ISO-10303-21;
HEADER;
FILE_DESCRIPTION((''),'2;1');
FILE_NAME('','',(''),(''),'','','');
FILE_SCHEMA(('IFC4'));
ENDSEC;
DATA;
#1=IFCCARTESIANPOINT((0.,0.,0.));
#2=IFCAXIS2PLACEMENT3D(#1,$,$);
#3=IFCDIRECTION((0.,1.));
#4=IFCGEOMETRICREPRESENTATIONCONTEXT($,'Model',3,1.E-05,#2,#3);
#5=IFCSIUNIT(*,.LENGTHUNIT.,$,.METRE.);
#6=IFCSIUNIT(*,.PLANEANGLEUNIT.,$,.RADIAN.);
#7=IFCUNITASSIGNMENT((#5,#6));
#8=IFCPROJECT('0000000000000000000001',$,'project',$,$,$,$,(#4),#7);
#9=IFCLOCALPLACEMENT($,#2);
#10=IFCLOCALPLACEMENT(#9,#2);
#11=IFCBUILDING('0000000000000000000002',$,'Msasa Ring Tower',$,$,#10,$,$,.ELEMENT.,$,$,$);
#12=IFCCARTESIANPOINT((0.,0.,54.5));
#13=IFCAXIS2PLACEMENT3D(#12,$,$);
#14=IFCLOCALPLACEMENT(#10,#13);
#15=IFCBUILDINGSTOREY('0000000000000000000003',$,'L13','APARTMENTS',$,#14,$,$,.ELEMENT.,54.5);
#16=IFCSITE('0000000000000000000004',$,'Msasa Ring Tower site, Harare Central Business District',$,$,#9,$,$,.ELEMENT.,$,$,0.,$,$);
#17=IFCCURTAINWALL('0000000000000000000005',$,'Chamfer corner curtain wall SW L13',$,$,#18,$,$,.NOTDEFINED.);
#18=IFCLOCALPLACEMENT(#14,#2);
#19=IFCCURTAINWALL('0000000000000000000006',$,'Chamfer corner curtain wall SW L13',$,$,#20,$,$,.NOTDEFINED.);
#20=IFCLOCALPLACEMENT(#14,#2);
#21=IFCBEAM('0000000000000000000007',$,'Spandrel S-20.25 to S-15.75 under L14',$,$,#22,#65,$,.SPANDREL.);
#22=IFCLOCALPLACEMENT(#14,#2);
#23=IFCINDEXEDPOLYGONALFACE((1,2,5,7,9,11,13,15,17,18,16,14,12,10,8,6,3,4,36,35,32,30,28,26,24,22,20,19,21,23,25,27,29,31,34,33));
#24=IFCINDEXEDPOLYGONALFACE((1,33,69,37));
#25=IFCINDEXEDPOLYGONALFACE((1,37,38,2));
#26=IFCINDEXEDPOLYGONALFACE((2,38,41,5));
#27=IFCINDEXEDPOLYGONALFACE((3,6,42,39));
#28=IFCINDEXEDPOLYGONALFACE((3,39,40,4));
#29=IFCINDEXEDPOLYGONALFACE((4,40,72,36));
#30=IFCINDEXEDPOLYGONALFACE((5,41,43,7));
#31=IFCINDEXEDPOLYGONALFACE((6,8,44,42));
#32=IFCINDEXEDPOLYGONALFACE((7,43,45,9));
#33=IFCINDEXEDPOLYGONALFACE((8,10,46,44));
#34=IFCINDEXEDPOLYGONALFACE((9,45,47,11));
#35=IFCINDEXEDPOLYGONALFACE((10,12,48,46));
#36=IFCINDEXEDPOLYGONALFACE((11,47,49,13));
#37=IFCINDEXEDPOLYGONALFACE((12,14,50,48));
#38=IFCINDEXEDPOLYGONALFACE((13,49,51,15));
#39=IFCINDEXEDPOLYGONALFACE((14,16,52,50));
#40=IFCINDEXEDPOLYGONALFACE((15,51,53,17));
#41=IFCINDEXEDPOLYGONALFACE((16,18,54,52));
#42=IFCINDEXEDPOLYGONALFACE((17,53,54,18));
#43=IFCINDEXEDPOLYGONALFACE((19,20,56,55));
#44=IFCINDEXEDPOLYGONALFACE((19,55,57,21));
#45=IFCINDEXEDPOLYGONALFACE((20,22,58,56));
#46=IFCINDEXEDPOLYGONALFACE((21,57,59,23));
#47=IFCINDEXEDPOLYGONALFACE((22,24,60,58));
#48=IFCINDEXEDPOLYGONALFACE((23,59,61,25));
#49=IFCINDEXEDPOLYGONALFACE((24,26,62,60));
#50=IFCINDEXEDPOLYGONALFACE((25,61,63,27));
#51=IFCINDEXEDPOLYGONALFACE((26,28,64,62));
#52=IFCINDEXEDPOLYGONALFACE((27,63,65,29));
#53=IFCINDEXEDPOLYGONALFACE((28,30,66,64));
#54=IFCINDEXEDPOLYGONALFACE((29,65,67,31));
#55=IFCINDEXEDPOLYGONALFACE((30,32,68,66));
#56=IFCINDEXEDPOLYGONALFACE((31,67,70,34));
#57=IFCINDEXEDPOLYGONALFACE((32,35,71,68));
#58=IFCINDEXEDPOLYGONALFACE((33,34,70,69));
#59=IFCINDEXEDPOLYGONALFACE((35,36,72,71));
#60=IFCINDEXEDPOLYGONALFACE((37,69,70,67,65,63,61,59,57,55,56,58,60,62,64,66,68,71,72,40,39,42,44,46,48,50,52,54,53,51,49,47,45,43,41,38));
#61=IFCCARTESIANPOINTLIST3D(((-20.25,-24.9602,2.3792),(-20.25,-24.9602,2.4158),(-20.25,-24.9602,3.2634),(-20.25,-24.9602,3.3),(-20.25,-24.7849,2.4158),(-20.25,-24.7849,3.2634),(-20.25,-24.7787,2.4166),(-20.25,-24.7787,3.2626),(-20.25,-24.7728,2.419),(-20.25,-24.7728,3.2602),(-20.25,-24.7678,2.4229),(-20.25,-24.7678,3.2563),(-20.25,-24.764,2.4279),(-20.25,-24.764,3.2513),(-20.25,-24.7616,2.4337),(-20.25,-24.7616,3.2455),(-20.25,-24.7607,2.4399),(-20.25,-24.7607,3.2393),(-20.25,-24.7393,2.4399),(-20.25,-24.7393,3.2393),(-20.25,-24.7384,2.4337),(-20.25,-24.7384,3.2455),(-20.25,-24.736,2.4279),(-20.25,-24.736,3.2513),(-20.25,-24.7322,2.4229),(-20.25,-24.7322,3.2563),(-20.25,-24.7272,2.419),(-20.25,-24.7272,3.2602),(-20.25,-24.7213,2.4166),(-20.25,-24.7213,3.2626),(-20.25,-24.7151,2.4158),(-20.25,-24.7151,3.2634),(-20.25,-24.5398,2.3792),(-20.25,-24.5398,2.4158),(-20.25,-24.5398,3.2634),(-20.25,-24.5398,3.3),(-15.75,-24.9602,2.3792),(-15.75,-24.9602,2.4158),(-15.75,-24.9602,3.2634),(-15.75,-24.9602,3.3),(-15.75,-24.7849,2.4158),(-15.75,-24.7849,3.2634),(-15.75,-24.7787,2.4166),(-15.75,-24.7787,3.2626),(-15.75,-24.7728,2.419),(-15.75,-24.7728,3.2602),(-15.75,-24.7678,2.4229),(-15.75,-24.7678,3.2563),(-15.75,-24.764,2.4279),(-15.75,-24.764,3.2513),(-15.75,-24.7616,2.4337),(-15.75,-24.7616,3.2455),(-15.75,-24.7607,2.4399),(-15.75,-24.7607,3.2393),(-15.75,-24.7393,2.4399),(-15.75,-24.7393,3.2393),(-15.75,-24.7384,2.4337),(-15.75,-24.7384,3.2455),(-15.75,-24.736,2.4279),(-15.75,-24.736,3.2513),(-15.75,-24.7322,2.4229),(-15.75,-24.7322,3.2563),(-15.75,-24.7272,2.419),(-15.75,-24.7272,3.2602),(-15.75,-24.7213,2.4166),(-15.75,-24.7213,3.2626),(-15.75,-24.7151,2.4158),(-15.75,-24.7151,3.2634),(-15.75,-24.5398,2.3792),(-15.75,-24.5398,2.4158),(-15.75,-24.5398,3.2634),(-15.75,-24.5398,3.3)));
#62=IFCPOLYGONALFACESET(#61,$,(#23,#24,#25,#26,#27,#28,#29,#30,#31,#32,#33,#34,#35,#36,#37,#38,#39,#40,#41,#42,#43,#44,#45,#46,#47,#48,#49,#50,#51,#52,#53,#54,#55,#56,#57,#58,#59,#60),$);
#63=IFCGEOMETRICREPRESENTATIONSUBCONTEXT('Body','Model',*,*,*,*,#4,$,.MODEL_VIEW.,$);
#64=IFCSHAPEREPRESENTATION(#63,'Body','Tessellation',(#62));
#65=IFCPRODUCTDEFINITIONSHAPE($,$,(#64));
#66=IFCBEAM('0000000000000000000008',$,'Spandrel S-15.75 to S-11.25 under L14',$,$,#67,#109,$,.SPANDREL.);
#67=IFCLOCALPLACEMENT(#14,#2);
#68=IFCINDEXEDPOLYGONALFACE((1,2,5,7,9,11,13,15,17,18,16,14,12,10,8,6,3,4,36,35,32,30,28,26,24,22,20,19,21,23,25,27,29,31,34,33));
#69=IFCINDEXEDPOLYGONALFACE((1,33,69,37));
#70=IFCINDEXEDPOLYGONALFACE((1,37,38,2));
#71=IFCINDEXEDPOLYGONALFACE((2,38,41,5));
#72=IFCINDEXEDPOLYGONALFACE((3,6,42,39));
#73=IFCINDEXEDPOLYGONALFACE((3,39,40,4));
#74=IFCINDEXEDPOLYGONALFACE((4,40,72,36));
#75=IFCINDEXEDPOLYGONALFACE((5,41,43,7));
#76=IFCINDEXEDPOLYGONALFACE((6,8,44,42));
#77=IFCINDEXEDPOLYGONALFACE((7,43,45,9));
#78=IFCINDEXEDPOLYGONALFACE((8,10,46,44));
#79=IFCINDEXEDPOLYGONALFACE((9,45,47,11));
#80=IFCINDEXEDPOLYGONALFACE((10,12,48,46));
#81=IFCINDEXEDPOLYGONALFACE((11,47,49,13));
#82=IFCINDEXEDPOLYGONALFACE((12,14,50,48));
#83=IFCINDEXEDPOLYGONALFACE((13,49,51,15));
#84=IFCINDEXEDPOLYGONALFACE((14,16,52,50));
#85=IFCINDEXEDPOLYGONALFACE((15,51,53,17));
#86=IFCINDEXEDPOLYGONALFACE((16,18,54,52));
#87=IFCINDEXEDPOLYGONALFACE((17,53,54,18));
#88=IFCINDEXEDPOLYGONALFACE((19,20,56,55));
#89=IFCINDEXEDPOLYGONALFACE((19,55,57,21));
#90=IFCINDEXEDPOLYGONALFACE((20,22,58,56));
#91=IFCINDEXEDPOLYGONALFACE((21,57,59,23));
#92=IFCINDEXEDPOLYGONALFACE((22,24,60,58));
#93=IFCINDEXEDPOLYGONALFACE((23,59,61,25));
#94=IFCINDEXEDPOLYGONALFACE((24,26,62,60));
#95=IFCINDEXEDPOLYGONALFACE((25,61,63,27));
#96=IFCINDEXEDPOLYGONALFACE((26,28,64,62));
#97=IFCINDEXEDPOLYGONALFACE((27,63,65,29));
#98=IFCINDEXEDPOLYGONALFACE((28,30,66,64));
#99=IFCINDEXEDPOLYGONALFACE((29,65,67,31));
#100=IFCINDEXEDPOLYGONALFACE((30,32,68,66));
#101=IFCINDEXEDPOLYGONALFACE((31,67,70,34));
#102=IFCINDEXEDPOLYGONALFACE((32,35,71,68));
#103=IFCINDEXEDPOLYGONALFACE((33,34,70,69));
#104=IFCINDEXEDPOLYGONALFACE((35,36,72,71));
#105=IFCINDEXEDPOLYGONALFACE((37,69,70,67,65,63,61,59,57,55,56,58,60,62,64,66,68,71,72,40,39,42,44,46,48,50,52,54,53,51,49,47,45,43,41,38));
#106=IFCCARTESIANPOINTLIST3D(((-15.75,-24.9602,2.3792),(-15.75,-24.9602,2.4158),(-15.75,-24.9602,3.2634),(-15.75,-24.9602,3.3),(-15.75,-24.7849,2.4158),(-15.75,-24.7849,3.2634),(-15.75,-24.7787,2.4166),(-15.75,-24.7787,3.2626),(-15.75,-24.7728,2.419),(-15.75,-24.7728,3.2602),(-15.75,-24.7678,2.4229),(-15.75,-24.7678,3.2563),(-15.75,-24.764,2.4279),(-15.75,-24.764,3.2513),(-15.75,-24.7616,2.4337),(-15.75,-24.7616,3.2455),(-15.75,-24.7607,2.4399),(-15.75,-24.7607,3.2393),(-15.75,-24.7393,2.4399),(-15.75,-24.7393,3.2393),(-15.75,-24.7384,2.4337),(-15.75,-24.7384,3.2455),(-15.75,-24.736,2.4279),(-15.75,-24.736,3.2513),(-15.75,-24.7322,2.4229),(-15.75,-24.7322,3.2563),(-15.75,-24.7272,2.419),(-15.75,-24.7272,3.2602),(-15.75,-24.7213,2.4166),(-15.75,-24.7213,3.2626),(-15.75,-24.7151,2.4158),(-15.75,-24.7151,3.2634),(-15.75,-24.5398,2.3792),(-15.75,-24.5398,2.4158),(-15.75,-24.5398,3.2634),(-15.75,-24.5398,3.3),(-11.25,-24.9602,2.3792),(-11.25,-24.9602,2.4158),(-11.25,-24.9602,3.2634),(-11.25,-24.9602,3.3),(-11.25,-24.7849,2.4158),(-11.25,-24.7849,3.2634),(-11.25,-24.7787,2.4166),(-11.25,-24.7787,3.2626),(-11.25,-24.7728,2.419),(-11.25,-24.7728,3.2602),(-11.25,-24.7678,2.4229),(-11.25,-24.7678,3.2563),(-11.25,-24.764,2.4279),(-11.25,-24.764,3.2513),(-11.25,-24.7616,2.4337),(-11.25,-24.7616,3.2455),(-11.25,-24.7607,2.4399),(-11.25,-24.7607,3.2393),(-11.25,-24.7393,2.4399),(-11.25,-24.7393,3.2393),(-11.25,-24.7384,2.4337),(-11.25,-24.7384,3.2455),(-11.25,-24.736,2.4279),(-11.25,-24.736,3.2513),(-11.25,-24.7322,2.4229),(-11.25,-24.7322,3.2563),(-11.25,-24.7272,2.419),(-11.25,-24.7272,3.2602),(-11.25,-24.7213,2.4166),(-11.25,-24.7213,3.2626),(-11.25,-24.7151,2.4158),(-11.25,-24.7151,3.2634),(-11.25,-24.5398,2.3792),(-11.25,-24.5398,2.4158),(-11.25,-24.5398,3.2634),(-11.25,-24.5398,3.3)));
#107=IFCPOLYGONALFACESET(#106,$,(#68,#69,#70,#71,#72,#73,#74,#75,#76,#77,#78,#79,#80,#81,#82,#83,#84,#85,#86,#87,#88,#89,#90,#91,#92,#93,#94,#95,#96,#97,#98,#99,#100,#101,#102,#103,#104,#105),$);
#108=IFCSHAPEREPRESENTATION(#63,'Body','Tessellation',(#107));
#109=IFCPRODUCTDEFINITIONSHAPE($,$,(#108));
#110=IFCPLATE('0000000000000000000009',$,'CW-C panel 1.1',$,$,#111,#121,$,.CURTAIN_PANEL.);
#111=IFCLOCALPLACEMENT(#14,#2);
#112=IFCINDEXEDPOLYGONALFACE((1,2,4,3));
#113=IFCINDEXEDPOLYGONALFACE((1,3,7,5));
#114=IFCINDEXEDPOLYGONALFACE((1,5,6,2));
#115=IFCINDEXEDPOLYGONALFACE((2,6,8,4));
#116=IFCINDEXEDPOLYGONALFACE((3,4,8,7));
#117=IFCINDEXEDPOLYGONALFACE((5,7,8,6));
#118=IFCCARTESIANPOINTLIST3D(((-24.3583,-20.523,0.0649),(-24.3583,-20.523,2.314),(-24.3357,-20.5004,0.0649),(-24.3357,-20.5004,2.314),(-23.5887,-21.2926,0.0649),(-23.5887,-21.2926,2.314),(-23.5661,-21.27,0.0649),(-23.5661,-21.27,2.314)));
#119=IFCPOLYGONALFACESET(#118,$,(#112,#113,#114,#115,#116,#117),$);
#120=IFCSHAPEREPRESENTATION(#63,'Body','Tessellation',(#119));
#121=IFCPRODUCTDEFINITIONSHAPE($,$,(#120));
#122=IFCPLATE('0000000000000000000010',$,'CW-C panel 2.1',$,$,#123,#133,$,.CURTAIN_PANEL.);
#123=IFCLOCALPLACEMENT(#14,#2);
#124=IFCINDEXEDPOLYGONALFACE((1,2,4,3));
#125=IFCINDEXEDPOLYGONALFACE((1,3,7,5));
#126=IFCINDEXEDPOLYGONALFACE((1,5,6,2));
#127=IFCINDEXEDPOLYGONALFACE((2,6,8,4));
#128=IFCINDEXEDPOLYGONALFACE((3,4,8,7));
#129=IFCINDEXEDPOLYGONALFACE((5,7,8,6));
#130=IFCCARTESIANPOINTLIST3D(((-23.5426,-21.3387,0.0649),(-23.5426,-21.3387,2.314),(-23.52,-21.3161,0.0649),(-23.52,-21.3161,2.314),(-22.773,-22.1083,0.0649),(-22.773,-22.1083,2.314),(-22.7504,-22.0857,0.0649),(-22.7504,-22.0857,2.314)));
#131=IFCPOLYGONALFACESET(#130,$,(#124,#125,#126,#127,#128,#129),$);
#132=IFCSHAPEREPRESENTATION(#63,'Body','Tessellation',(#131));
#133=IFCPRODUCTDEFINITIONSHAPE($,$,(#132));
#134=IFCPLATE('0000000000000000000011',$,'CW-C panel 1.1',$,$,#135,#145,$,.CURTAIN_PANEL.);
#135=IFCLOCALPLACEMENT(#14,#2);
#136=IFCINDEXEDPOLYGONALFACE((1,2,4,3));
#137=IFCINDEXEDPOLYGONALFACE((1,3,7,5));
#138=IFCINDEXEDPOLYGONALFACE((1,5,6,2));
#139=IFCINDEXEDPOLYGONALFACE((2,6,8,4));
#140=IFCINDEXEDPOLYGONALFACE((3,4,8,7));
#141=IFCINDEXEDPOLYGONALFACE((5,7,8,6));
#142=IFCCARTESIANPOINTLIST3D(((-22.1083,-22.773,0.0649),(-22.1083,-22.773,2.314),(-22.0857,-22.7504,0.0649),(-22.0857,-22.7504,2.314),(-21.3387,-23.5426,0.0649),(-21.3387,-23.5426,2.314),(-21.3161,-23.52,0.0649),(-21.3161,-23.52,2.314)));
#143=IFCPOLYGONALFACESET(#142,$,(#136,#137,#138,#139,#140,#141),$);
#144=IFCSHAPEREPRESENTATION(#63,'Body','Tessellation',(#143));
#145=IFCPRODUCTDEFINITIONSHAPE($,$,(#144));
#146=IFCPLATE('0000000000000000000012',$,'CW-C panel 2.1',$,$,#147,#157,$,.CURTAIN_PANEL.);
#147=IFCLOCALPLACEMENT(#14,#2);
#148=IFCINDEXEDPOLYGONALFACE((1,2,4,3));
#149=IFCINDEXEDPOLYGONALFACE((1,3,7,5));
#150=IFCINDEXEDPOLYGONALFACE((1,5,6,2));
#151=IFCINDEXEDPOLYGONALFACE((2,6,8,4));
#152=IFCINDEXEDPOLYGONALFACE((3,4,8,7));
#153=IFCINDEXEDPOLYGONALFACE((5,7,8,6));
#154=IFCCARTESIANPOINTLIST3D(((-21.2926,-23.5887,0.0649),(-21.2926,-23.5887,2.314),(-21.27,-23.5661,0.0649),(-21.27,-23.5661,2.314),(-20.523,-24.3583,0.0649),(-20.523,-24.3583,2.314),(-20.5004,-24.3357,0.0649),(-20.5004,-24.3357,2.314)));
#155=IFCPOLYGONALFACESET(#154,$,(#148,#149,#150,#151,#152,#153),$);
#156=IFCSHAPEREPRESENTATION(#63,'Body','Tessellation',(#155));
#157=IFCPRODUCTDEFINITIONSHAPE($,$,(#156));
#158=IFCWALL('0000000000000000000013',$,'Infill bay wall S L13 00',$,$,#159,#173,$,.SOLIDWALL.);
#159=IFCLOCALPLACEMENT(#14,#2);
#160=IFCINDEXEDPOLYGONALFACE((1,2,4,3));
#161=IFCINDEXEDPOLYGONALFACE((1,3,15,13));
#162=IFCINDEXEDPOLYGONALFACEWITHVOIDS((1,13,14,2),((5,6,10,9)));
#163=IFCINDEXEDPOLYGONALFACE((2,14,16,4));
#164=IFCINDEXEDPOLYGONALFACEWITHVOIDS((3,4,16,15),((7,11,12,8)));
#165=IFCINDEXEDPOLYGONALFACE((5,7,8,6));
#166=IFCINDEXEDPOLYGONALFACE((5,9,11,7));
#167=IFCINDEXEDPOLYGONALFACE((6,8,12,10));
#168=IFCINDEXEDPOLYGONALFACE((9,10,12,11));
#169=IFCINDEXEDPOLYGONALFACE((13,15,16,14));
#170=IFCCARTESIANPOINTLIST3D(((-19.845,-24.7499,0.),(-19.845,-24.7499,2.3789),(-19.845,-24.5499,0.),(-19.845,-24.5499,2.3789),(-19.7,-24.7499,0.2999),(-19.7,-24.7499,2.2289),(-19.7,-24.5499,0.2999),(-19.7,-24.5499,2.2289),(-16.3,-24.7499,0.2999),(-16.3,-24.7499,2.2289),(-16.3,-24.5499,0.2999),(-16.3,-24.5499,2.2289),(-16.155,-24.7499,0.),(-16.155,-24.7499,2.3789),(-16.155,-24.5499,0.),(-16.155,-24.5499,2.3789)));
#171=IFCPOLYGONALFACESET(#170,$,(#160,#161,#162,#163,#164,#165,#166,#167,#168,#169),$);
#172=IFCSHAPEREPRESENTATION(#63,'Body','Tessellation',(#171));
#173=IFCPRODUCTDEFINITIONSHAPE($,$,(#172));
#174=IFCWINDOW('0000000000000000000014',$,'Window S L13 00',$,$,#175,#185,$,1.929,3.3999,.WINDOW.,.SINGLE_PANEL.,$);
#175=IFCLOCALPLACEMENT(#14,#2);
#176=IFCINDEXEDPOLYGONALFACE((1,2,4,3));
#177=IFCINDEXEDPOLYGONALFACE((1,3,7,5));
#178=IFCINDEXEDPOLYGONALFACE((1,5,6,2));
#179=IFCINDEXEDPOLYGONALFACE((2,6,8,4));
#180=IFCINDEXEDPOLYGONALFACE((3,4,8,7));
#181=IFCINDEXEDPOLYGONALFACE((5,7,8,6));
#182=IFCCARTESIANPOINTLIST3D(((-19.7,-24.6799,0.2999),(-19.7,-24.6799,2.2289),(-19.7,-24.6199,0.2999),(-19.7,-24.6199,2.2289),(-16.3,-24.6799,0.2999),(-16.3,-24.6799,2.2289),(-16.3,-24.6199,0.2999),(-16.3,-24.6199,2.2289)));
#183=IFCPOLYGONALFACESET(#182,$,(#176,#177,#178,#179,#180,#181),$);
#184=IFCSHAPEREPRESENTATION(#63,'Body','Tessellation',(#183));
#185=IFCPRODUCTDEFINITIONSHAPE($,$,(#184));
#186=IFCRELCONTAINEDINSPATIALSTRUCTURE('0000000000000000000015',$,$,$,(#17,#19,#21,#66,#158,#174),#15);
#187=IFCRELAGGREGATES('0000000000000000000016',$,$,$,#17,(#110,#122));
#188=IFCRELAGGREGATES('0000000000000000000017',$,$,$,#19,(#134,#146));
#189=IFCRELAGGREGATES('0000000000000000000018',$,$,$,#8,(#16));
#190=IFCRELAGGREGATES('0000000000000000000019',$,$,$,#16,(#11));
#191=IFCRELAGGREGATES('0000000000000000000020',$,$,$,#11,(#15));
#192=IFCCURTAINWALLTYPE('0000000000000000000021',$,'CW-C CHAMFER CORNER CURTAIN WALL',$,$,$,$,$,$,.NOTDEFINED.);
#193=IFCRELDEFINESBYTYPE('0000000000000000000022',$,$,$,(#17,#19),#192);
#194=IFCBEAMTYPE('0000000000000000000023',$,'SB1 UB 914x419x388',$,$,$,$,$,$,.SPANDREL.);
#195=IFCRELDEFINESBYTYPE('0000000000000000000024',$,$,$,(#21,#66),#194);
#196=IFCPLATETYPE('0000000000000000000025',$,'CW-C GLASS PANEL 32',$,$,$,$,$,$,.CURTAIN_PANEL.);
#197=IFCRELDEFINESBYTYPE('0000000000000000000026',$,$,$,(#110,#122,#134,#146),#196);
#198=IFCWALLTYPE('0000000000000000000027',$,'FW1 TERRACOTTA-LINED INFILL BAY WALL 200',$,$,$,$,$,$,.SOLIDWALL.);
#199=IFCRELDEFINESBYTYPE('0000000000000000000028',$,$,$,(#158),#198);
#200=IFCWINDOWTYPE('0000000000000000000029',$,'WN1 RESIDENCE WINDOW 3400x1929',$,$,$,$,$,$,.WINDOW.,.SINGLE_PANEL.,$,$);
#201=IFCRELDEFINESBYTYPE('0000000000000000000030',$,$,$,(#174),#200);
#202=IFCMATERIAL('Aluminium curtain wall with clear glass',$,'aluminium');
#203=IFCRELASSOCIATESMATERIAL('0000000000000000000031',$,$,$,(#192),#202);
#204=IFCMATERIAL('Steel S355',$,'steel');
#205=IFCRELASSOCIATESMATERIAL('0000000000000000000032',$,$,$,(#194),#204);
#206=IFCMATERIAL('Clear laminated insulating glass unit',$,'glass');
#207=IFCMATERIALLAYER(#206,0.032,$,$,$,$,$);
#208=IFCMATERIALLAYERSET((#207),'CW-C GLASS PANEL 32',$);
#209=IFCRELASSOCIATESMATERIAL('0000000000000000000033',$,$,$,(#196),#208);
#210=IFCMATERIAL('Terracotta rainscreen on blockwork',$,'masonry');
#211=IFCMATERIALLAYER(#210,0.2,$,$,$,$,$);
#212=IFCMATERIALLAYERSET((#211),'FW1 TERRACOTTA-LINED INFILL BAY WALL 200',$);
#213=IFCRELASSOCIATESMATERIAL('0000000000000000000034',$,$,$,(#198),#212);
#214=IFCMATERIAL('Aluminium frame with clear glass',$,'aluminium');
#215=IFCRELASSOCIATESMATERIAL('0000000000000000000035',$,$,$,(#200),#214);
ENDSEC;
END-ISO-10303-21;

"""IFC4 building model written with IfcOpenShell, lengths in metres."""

from ifc_helpers import new_model, si_unit, direction, frame, frame_2d, origin, origin_2d, place, context, subcontext, project, spatial, rectangle, i_section, extrude, material, layer, layer_set, material_profile, profile_set, type_object, element, fill, aggregate, save


model = new_model("IFC4")

# Units and contexts
model_context = context("Model", 3, precision=1e-05, world=origin(), true_north=direction((0.0, 1.0)))
body_context = subcontext(model_context, "Body", "Model", "MODEL_VIEW")
ifc_project = project(units=[si_unit("LENGTHUNIT", "METRE"), si_unit("PLANEANGLEUNIT", "RADIAN")], contexts=[model_context])

# Site, building, storey
site_placement = place(None, origin())
site = spatial("IfcSite", under=ifc_project, at=site_placement, Name="Msasa Ring Tower site, Harare Central Business District", CompositionType="ELEMENT", RefElevation=0.0)
building_placement = place(site_placement, origin())
building = spatial("IfcBuilding", under=site, at=building_placement, Name="Msasa Ring Tower", CompositionType="ELEMENT")
storey_placement = place(building_placement, frame((0.0, 0.0, 54.5)))
storey = spatial("IfcBuildingStorey", under=building, at=storey_placement, Name="L13", Description="APARTMENTS", CompositionType="ELEMENT", Elevation=54.5)

# Curtain walls
ifc_material_1 = material(Name="Aluminium curtain wall with clear glass", Category="aluminium")
curtain_wall_type = type_object("IfcCurtainWallType", Name="CW-C CHAMFER CORNER CURTAIN WALL", PredefinedType="NOTDEFINED", material=ifc_material_1)
curtain_wall_1_placement = place(storey_placement, origin())
curtain_wall_1 = element("IfcCurtainWall", 1, at=curtain_wall_1_placement, inside=storey, type_object=curtain_wall_type, Name="Chamfer corner curtain wall SW L13", PredefinedType="NOTDEFINED")
curtain_wall_2_placement = place(storey_placement, origin())
curtain_wall_2 = element("IfcCurtainWall", 2, at=curtain_wall_2_placement, inside=storey, type_object=curtain_wall_type, Name="Chamfer corner curtain wall SW L13", PredefinedType="NOTDEFINED")

# Beams
ifc_material_2 = material(Name="Steel S355", Category="steel")
ifc_material_profile_1 = material_profile(ifc_material_2, i_section(OverallWidth=0.4204, OverallDepth=0.9209, WebThickness=0.0215, FlangeThickness=0.0366, FilletRadius=0.0242, at=origin_2d()), Name="UB 914x419x388")
ifc_profile_set_1 = profile_set([ifc_material_profile_1], Name="Steel S355")
beam_type_1 = type_object("IfcBeamType", Name="SB1 UB 914x419x388", PredefinedType="SPANDREL", material=ifc_profile_set_1)
for number, where, z_axis, x_axis, name in (
    (3, (-20.25, -24.75, 2.8396), (1.0, 0.0, 0.0), (0.0, 1.0, 0.0), "Spandrel S-20.25 to S-15.75 under L14"),
    (4, (-15.75, -24.75, 2.8396), (1.0, 0.0, 0.0), (0.0, 1.0, 0.0), "Spandrel S-15.75 to S-11.25 under L14"),
):
    element("IfcBeam", number, at=place(storey_placement, frame(where, z_axis=z_axis, x_axis=x_axis)), inside=storey, type_object=beam_type_1, Name=name, PredefinedType="SPANDREL", context=body_context, shape_type="SweptSolid", body=[
        extrude(i_section(OverallWidth=0.4204, OverallDepth=0.9209, WebThickness=0.0215, FlangeThickness=0.0366, FilletRadius=0.0242, at=origin_2d()), origin(), (0.0, 0.0, 1.0), 4.5),
    ])

# Plates
ifc_material_3 = material(Name="Clear laminated insulating glass unit", Category="glass")
ifc_layer_1 = layer(ifc_material_3, 0.032)
ifc_layer_set_1 = layer_set([ifc_layer_1], Name="CW-C GLASS PANEL 32")
plate_type = type_object("IfcPlateType", Name="CW-C GLASS PANEL 32", PredefinedType="CURTAIN_PANEL", material=ifc_layer_set_1)
plate_1_placement = place(storey_placement, frame((-23.9622, -20.8965, 0.0649), z_axis=(0.0, 0.0, 1.0), x_axis=(0.707107, -0.707107, 0.0)))
plate_1 = element("IfcPlate", 5, at=plate_1_placement, type_object=plate_type, Name="CW-C panel 1.1", PredefinedType="CURTAIN_PANEL", context=body_context, shape_type="SweptSolid", body=[
    extrude(rectangle(XDim=1.0884, YDim=0.032, at=origin_2d()), origin(), (0.0, 0.0, 1.0), 2.249),
])
plate_2_placement = place(storey_placement, frame((-23.1465, -21.7122, 0.0649), z_axis=(0.0, 0.0, 1.0), x_axis=(0.707107, -0.707107, 0.0)))
plate_2 = element("IfcPlate", 6, at=plate_2_placement, type_object=plate_type, Name="CW-C panel 2.1", PredefinedType="CURTAIN_PANEL", context=body_context, shape_type="SweptSolid", body=[
    extrude(rectangle(XDim=1.0884, YDim=0.032, at=origin_2d()), origin(), (0.0, 0.0, 1.0), 2.249),
])
aggregate(curtain_wall_1, [plate_1, plate_2])
plate_3_placement = place(storey_placement, frame((-21.7122, -23.1465, 0.0649), z_axis=(0.0, 0.0, 1.0), x_axis=(0.707107, -0.707107, 0.0)))
plate_3 = element("IfcPlate", 7, at=plate_3_placement, type_object=plate_type, Name="CW-C panel 1.1", PredefinedType="CURTAIN_PANEL", context=body_context, shape_type="SweptSolid", body=[
    extrude(rectangle(XDim=1.0884, YDim=0.032, at=origin_2d()), origin(), (0.0, 0.0, 1.0), 2.249),
])
plate_4_placement = place(storey_placement, frame((-20.8965, -23.9622, 0.0649), z_axis=(0.0, 0.0, 1.0), x_axis=(0.707107, -0.707107, 0.0)))
plate_4 = element("IfcPlate", 8, at=plate_4_placement, type_object=plate_type, Name="CW-C panel 2.1", PredefinedType="CURTAIN_PANEL", context=body_context, shape_type="SweptSolid", body=[
    extrude(rectangle(XDim=1.0884, YDim=0.032, at=origin_2d()), origin(), (0.0, 0.0, 1.0), 2.249),
])
aggregate(curtain_wall_2, [plate_3, plate_4])

# Wall, opening, window
ifc_material_4 = material(Name="Terracotta rainscreen on blockwork", Category="masonry")
ifc_layer_2 = layer(ifc_material_4, 0.2)
ifc_layer_set_2 = layer_set([ifc_layer_2], Name="FW1 TERRACOTTA-LINED INFILL BAY WALL 200")
wall_type_1 = type_object("IfcWallType", Name="FW1 TERRACOTTA-LINED INFILL BAY WALL 200", PredefinedType="SOLIDWALL", material=ifc_layer_set_2)
wall_1_placement = place(storey_placement, frame((-19.845, -24.6499, 0.0), z_axis=(0.0, 0.0, 1.0), x_axis=(1.0, 0.0, 0.0)))
wall_1 = element("IfcWall", 9, at=wall_1_placement, inside=storey, type_object=wall_type_1, Name="Infill bay wall S L13 00", PredefinedType="SOLIDWALL", context=body_context, shape_type="SweptSolid", body=[
    extrude(rectangle(XDim=3.6899, YDim=0.2, at=frame_2d((1.845, 0.0))), origin(), (0.0, 0.0, 1.0), 2.3789),
])
opening_placement = place(wall_1_placement, frame((0.145, 0.0, 0.3)))
opening = element("IfcOpeningElement", 10, at=opening_placement, cuts=wall_1, PredefinedType="OPENING", context=body_context, shape_type="SweptSolid", body=[
    extrude(rectangle(XDim=3.3999, YDim=1.929, at=frame_2d((1.7, 0.9644))), frame((0.0, 0.1099, 0.0), z_axis=(0.0, -1.0, 0.0), x_axis=(1.0, 0.0, 0.0)), (0.0, 0.0, 1.0), 0.22),
])
ifc_material_5 = material(Name="Aluminium frame with clear glass", Category="aluminium")
window_type = type_object("IfcWindowType", Name="WN1 RESIDENCE WINDOW 3400x1929", PartitioningType="SINGLE_PANEL", PredefinedType="WINDOW", material=ifc_material_5)
window_placement = place(opening_placement, origin())
window = element("IfcWindow", 11, at=window_placement, inside=storey, type_object=window_type, Name="Window S L13 00", OverallHeight=1.929, OverallWidth=3.3999, PartitioningType="SINGLE_PANEL", PredefinedType="WINDOW", context=body_context, shape_type="SweptSolid", body=[
    extrude(rectangle(XDim=3.3999, YDim=1.929, at=frame_2d((1.7, 0.9644))), frame((0.0, 0.03, 0.0), z_axis=(0.0, -1.0, 0.0), x_axis=(1.0, 0.0, 0.0)), (0.0, 0.0, 1.0), 0.0601),
])
fill(opening, window)

save(model, "model.ifc")
